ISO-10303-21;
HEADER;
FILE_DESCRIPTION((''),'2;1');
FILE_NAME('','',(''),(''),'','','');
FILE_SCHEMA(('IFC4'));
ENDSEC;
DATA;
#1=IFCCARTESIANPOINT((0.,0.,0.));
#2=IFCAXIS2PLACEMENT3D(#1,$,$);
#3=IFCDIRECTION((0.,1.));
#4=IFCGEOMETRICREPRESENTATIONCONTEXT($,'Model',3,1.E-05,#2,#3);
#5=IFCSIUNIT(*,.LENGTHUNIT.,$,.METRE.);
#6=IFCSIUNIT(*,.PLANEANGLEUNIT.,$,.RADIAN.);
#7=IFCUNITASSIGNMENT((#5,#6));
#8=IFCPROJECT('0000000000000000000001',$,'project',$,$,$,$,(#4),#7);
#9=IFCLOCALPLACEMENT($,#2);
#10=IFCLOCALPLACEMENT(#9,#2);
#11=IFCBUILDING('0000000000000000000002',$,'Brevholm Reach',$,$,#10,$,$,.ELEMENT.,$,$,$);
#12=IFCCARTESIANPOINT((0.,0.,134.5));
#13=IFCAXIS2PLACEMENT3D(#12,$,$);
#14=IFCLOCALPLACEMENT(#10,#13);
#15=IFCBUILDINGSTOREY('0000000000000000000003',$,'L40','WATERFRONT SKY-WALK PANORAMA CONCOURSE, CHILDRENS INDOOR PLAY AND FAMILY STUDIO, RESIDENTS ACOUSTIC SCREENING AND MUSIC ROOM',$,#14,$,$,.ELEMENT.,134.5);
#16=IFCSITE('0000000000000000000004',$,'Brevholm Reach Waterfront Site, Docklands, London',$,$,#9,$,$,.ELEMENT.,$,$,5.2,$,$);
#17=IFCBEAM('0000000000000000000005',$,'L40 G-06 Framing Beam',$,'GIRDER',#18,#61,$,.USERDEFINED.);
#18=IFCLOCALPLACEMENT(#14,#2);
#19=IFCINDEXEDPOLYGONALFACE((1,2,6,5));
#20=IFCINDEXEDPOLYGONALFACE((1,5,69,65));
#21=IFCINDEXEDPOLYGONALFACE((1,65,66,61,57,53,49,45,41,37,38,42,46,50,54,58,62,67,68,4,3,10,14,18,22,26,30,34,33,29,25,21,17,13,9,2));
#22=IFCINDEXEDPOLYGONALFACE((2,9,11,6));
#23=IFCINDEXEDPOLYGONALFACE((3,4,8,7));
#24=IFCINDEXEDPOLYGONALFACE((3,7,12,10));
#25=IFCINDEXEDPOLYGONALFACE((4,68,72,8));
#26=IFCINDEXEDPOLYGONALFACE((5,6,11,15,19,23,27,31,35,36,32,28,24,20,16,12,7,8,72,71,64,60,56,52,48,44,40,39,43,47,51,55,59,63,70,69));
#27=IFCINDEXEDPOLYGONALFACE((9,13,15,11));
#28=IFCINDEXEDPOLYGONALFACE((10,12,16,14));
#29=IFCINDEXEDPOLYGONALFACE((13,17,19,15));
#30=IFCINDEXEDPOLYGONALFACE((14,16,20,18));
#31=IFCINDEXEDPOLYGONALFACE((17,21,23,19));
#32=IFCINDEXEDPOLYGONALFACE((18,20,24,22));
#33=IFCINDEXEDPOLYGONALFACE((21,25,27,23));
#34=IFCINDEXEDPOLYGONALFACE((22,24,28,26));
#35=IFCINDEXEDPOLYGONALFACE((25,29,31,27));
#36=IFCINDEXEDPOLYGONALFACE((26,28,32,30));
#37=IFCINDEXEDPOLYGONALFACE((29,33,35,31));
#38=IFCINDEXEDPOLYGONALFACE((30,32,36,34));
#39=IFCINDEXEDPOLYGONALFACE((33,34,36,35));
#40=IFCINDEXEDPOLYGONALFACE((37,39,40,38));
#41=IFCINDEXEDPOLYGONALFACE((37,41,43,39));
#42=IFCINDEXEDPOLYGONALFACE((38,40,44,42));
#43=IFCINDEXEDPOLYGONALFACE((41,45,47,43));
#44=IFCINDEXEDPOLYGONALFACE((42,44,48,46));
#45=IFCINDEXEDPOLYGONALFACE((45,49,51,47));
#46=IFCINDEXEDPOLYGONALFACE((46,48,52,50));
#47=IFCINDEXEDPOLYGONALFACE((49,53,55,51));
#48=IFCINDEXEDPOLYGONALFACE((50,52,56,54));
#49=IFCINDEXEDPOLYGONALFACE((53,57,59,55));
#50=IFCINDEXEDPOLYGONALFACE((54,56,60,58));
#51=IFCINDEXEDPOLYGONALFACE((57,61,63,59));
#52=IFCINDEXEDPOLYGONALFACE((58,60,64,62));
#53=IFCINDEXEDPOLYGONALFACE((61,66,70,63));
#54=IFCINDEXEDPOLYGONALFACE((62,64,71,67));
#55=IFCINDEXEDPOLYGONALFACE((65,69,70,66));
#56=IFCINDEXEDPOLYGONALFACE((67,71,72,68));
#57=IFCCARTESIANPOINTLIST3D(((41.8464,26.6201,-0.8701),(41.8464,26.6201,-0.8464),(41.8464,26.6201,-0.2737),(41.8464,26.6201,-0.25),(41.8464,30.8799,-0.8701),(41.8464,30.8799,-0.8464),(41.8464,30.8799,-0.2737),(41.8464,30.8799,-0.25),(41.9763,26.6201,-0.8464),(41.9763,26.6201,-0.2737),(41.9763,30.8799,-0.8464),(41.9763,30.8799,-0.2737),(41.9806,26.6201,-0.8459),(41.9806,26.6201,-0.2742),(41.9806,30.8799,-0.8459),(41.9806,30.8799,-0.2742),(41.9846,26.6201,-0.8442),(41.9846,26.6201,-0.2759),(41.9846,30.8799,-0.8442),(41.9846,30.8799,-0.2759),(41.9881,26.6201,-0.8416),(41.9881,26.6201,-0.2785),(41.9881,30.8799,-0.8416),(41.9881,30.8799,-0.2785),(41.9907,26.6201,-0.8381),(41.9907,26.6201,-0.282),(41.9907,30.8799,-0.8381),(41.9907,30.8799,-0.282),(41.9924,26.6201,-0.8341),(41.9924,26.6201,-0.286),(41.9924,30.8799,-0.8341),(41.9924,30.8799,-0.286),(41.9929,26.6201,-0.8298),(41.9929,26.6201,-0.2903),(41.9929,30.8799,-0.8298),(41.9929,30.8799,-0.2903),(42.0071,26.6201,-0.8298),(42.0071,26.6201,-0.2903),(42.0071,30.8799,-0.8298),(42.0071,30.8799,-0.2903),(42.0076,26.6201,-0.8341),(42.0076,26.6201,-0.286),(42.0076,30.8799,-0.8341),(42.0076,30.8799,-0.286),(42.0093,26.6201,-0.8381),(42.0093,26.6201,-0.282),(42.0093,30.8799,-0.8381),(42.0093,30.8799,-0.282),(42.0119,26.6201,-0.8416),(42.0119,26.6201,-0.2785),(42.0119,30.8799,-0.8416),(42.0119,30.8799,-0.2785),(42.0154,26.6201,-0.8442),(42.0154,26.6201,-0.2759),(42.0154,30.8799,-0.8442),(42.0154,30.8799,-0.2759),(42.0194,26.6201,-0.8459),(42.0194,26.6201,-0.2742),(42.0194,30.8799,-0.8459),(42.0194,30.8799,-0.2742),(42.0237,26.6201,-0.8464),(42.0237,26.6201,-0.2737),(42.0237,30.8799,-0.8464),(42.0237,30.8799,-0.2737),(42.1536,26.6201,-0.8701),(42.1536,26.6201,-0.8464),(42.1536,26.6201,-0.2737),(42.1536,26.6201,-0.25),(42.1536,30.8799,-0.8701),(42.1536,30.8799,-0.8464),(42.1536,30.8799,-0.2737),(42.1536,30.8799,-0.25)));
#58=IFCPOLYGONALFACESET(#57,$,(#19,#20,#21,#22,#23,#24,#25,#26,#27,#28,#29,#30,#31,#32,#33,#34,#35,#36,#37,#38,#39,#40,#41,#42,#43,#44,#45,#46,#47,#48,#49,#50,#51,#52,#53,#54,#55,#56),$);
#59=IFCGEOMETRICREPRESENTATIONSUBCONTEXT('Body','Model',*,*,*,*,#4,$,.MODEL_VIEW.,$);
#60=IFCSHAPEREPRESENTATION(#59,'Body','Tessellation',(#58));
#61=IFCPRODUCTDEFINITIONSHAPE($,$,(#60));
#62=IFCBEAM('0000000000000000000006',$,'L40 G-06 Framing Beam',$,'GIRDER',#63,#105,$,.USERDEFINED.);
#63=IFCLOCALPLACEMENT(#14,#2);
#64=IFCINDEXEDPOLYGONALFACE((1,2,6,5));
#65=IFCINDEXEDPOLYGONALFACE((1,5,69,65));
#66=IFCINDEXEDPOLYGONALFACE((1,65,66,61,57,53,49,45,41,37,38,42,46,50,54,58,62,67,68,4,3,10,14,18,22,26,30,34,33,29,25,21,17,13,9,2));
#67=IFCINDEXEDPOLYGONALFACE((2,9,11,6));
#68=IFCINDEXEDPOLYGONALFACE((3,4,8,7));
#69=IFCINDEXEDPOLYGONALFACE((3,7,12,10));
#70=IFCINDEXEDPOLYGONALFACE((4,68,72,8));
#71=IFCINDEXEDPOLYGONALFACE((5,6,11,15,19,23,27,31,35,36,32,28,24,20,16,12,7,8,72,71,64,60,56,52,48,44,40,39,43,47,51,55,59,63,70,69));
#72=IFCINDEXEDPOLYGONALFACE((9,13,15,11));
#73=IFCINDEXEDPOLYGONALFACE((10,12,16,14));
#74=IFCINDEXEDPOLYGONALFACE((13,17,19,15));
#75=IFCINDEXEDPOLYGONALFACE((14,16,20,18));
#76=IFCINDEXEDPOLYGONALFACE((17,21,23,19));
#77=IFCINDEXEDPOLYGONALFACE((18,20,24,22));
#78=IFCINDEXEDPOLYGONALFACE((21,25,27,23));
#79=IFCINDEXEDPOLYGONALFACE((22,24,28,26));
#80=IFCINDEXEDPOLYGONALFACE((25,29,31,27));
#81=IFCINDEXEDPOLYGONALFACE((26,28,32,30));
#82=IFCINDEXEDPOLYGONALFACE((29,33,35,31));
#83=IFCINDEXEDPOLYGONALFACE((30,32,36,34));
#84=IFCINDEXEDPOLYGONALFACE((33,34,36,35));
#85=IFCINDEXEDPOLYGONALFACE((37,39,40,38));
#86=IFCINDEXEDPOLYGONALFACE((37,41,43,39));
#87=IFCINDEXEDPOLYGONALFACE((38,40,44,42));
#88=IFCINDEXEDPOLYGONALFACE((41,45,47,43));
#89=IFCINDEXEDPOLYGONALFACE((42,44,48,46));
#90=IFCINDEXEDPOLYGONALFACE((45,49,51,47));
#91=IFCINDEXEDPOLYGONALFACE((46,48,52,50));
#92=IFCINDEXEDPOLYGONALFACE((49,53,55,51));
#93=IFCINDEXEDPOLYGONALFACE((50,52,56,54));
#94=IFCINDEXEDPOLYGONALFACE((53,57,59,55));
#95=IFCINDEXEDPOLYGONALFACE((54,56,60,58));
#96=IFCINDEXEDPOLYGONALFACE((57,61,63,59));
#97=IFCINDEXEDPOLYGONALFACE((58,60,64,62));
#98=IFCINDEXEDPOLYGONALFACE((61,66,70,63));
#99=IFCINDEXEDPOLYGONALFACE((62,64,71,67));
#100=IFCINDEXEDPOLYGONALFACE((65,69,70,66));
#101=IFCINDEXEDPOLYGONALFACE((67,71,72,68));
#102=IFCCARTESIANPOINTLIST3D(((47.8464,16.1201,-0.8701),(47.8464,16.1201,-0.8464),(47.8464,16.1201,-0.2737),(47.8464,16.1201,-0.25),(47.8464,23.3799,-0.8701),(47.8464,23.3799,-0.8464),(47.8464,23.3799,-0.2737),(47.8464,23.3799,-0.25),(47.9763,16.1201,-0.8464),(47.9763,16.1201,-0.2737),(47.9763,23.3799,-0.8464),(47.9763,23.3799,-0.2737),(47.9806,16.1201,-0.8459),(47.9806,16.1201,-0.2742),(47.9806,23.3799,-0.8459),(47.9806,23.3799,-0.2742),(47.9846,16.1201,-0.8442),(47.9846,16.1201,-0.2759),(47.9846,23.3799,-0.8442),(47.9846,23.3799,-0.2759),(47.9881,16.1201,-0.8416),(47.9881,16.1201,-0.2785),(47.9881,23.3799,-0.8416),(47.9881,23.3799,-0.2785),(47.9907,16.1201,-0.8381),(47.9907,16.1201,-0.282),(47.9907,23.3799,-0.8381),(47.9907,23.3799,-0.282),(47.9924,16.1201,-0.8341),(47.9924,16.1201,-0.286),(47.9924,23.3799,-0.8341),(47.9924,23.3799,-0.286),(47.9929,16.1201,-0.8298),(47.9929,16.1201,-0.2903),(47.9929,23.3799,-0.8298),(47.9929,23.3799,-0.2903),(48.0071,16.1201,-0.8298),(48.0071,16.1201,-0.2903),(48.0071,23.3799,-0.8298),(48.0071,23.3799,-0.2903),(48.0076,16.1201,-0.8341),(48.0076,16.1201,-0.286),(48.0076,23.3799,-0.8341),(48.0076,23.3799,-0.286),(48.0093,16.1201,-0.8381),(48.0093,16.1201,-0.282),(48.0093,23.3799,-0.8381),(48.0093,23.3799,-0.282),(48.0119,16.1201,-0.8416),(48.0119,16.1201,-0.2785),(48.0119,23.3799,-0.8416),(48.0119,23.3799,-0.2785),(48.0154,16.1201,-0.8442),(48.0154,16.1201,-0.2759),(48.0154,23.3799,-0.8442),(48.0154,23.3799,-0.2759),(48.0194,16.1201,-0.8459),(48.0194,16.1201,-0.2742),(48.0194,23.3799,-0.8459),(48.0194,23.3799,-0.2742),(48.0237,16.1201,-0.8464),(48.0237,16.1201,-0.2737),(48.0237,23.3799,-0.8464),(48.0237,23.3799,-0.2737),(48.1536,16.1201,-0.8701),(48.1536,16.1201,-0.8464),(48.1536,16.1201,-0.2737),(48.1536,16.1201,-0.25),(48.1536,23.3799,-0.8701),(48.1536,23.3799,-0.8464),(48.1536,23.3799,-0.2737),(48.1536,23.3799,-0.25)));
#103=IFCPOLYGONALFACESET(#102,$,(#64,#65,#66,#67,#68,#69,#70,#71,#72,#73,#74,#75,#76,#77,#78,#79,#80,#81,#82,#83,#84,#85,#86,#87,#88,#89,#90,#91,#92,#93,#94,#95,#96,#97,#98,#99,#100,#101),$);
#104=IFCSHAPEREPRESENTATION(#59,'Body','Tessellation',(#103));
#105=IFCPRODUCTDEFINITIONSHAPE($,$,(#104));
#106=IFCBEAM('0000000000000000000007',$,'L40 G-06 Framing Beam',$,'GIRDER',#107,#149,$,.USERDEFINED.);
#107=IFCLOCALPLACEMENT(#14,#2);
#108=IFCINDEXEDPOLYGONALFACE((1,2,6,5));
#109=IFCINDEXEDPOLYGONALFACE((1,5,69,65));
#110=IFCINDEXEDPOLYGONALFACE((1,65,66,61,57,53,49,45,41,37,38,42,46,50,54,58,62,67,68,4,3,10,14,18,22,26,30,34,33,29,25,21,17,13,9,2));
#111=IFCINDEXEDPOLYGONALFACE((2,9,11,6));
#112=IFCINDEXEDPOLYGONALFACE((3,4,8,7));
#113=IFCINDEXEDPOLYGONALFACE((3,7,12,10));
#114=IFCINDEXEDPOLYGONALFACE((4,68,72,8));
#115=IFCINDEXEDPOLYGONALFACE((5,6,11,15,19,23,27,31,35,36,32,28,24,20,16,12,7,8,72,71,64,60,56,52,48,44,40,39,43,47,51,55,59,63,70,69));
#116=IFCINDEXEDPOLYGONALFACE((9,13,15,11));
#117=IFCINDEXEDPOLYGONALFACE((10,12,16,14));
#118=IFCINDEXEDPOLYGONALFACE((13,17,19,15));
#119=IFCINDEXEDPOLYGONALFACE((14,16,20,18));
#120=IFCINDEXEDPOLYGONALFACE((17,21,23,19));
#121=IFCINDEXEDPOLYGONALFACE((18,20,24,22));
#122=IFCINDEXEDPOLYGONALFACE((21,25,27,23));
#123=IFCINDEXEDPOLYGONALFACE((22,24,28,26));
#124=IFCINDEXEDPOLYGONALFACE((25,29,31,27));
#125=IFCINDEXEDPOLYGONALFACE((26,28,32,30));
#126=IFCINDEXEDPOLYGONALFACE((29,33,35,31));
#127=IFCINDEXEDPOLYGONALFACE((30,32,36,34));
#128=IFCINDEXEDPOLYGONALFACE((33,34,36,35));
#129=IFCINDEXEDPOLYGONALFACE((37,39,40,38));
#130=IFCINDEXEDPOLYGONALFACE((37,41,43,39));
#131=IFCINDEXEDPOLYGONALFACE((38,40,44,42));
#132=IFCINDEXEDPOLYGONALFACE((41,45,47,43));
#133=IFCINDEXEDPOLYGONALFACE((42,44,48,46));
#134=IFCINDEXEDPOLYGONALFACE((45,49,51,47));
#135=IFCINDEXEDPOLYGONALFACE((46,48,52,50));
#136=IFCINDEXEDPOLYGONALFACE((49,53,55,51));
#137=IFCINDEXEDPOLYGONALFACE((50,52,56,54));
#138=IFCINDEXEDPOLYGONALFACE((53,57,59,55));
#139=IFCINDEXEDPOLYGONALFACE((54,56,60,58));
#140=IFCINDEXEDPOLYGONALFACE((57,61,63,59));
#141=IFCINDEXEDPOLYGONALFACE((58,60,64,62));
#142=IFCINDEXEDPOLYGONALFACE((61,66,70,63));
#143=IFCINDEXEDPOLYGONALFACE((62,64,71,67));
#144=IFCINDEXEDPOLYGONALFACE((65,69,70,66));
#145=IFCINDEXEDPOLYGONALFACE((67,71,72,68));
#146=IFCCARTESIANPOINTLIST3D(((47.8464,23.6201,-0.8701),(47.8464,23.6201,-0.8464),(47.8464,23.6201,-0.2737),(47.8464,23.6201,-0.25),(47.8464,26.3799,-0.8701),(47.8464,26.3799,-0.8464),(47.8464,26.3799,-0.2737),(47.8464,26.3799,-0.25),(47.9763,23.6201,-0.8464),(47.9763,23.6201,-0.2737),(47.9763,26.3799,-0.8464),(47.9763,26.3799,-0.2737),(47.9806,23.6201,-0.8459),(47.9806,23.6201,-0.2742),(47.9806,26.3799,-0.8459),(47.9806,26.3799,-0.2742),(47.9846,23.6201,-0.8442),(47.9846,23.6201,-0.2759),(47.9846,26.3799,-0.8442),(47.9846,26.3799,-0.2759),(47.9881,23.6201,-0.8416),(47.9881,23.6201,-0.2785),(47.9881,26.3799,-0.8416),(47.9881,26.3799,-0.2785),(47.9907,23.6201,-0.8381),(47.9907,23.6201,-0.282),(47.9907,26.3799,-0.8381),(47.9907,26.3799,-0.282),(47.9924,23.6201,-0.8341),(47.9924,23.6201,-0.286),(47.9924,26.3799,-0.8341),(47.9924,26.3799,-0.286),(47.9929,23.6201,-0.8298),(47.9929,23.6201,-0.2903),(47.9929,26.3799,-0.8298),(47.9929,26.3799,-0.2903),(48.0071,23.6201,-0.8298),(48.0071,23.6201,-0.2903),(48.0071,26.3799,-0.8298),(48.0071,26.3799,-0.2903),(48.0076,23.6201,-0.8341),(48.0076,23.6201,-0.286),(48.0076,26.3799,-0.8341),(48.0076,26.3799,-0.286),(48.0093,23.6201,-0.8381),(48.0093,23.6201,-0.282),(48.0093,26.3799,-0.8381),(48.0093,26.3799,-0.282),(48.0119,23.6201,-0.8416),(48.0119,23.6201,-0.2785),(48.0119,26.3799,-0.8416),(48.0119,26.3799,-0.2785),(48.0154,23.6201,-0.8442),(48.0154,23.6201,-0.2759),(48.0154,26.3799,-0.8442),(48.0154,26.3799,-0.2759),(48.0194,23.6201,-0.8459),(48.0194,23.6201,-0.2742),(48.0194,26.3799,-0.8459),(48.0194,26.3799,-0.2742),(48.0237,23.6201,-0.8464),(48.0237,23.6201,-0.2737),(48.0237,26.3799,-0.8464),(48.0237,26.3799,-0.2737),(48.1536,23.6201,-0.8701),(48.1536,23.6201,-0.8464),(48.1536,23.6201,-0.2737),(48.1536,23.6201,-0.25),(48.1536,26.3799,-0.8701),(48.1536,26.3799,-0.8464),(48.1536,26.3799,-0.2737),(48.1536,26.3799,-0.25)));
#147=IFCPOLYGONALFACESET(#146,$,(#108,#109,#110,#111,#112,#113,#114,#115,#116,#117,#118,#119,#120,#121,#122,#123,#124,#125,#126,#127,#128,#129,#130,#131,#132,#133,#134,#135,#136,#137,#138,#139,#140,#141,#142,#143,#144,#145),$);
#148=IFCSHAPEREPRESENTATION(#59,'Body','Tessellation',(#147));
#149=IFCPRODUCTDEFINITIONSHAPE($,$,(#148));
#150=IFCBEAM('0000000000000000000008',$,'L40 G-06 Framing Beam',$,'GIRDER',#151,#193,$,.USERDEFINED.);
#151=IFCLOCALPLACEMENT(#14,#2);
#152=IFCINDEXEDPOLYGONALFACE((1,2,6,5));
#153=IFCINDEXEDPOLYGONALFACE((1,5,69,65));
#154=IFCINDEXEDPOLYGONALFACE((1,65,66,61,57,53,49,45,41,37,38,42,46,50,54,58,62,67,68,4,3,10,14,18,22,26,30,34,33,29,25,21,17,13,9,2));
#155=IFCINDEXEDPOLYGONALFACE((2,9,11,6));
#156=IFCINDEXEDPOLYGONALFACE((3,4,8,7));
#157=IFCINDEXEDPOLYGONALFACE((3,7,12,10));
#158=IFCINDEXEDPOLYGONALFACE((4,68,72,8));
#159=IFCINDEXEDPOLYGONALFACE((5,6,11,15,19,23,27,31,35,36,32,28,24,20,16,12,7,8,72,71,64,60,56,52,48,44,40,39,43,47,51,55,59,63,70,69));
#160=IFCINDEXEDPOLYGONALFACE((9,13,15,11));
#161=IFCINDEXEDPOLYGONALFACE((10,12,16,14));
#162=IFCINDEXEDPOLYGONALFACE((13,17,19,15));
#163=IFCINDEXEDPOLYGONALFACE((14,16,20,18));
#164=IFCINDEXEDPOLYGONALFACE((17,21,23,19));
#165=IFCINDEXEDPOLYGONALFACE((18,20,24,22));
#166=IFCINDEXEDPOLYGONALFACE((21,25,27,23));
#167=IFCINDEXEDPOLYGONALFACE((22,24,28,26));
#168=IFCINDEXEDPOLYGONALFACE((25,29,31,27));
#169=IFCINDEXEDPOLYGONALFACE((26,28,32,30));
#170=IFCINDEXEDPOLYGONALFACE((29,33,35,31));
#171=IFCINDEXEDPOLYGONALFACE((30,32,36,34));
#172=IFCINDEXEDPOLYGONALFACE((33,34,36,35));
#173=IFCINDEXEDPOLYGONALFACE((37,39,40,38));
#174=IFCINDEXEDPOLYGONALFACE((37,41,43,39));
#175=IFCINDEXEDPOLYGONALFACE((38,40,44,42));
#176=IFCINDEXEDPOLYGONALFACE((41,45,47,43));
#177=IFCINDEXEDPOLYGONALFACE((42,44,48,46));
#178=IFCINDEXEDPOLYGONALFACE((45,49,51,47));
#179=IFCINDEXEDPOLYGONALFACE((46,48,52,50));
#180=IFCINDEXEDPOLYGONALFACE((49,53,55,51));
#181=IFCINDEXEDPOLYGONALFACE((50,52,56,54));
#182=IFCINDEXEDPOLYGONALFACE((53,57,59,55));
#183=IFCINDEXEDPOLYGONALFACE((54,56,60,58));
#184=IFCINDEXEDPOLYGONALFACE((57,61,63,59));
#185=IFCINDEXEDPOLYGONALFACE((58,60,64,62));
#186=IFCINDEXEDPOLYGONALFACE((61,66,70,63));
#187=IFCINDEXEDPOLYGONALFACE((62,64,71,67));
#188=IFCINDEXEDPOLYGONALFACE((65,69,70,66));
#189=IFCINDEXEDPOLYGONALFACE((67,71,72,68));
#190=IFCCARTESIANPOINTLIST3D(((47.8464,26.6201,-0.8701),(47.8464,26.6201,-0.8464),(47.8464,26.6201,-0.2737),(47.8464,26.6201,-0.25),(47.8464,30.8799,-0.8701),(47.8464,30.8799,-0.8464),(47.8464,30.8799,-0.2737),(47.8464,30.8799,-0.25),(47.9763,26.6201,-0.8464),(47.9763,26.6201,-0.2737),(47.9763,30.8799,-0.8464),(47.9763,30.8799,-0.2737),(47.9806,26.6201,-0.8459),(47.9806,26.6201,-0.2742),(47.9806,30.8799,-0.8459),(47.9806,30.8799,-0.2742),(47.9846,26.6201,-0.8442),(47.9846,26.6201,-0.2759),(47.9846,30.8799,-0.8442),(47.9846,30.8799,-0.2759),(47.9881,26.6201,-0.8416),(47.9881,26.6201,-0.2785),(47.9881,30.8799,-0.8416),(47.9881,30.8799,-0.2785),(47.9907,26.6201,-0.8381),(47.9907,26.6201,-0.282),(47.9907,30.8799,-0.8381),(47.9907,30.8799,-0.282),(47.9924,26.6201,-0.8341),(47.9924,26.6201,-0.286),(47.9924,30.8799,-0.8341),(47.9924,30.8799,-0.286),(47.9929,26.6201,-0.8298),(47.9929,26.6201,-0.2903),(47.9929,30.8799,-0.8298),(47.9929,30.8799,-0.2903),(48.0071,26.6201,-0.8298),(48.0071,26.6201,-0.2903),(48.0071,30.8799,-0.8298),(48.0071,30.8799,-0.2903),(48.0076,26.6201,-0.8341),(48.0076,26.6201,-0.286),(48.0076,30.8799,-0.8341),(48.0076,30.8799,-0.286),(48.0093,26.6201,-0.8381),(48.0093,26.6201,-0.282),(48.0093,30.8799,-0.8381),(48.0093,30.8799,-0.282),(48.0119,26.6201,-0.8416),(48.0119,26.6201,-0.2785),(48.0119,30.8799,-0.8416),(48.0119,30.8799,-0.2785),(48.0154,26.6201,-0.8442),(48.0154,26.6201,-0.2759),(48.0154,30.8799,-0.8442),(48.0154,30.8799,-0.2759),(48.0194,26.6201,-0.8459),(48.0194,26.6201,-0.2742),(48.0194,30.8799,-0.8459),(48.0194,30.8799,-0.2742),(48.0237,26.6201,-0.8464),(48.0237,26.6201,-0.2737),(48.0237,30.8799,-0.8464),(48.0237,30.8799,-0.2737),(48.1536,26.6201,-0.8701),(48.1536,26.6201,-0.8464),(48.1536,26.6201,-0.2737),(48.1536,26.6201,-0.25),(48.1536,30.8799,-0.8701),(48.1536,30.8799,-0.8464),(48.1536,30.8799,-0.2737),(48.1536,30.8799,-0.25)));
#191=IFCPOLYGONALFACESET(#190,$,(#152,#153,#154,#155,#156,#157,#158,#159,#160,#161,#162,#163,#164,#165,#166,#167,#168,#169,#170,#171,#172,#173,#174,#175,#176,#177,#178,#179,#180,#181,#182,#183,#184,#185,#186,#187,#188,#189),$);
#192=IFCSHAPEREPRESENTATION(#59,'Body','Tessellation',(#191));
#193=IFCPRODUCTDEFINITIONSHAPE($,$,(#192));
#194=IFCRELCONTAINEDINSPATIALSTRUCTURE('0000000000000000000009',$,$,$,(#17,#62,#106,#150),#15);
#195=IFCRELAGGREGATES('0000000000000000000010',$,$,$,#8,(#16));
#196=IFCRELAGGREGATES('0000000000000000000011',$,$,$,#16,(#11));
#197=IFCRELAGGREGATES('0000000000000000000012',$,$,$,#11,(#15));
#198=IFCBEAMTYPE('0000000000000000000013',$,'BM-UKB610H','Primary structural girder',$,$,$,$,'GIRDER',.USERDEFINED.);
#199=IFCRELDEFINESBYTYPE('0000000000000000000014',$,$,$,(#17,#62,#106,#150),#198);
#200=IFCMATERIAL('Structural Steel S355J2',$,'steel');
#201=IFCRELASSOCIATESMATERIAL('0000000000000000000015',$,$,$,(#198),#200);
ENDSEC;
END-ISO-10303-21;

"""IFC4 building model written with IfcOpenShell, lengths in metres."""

from ifc_helpers import new_model, si_unit, direction, frame, origin, origin_2d, place, context, subcontext, project, spatial, i_section, extrude, material, material_profile, profile_set, type_object, element, save


model = new_model("IFC4")

# Units and contexts
model_context = context("Model", 3, precision=1e-05, world=origin(), true_north=direction((0.0, 1.0)))
body_context = subcontext(model_context, "Body", "Model", "MODEL_VIEW")
ifc_project = project(units=[si_unit("LENGTHUNIT", "METRE"), si_unit("PLANEANGLEUNIT", "RADIAN")], contexts=[model_context])

# Site, building, storey
site_placement = place(None, origin())
site = spatial("IfcSite", under=ifc_project, at=site_placement, Name="Brevholm Reach Waterfront Site, Docklands, London", CompositionType="ELEMENT", RefElevation=5.2)
building_placement = place(site_placement, origin())
building = spatial("IfcBuilding", under=site, at=building_placement, Name="Brevholm Reach", CompositionType="ELEMENT")
storey_placement = place(building_placement, frame((0.0, 0.0, 134.5)))
storey = spatial("IfcBuildingStorey", under=building, at=storey_placement, Name="L40", Description="WATERFRONT SKY-WALK PANORAMA CONCOURSE, CHILDRENS INDOOR PLAY AND FAMILY STUDIO, RESIDENTS ACOUSTIC SCREENING AND MUSIC ROOM", CompositionType="ELEMENT", Elevation=134.5)

# Beams
ifc_material_1 = material(Name="Structural Steel S355J2", Category="steel")
ifc_material_profile_1 = material_profile(ifc_material_1, i_section(OverallWidth=0.3071, OverallDepth=0.6201, WebThickness=0.0142, FlangeThickness=0.0237, FilletRadius=0.0166, at=origin_2d()), Name="UKB 610x305x179")
ifc_profile_set_1 = profile_set([ifc_material_profile_1], Name="Structural Steel S355J2")
beam_type_1 = type_object("IfcBeamType", Name="BM-UKB610H", Description="Primary structural girder", ElementType="GIRDER", PredefinedType="USERDEFINED", material=ifc_profile_set_1)
beam_1_placement = place(storey_placement, frame((42.0, 26.6201, -0.5601), z_axis=(0.0, 1.0, 0.0), x_axis=(-1.0, 0.0, 0.0)))
element("IfcBeam", 1, at=beam_1_placement, inside=storey, type_object=beam_type_1, Name="L40 G-06 Framing Beam", ObjectType="GIRDER", PredefinedType="USERDEFINED", context=body_context, shape_type="SweptSolid", body=[
    extrude(i_section(OverallWidth=0.3071, OverallDepth=0.6201, WebThickness=0.0142, FlangeThickness=0.0237, FilletRadius=0.0166, at=origin_2d()), origin(), (0.0, 0.0, 1.0), 4.2598),
])
beam_2_placement = place(storey_placement, frame((48.0, 16.1201, -0.5601), z_axis=(0.0, 1.0, 0.0), x_axis=(-1.0, 0.0, 0.0)))
element("IfcBeam", 2, at=beam_2_placement, inside=storey, type_object=beam_type_1, Name="L40 G-06 Framing Beam", ObjectType="GIRDER", PredefinedType="USERDEFINED", context=body_context, shape_type="SweptSolid", body=[
    extrude(i_section(OverallWidth=0.3071, OverallDepth=0.6201, WebThickness=0.0142, FlangeThickness=0.0237, FilletRadius=0.0166, at=origin_2d()), origin(), (0.0, 0.0, 1.0), 7.2598),
])
beam_3_placement = place(storey_placement, frame((48.0, 23.6201, -0.5601), z_axis=(0.0, 1.0, 0.0), x_axis=(-1.0, 0.0, 0.0)))
element("IfcBeam", 3, at=beam_3_placement, inside=storey, type_object=beam_type_1, Name="L40 G-06 Framing Beam", ObjectType="GIRDER", PredefinedType="USERDEFINED", context=body_context, shape_type="SweptSolid", body=[
    extrude(i_section(OverallWidth=0.3071, OverallDepth=0.6201, WebThickness=0.0142, FlangeThickness=0.0237, FilletRadius=0.0166, at=origin_2d()), origin(), (0.0, 0.0, 1.0), 2.7598),
])
beam_4_placement = place(storey_placement, frame((48.0, 26.6201, -0.5601), z_axis=(0.0, 1.0, 0.0), x_axis=(-1.0, 0.0, 0.0)))
element("IfcBeam", 4, at=beam_4_placement, inside=storey, type_object=beam_type_1, Name="L40 G-06 Framing Beam", ObjectType="GIRDER", PredefinedType="USERDEFINED", context=body_context, shape_type="SweptSolid", body=[
    extrude(i_section(OverallWidth=0.3071, OverallDepth=0.6201, WebThickness=0.0142, FlangeThickness=0.0237, FilletRadius=0.0166, at=origin_2d()), origin(), (0.0, 0.0, 1.0), 4.2598),
])

save(model, "model.ifc")
